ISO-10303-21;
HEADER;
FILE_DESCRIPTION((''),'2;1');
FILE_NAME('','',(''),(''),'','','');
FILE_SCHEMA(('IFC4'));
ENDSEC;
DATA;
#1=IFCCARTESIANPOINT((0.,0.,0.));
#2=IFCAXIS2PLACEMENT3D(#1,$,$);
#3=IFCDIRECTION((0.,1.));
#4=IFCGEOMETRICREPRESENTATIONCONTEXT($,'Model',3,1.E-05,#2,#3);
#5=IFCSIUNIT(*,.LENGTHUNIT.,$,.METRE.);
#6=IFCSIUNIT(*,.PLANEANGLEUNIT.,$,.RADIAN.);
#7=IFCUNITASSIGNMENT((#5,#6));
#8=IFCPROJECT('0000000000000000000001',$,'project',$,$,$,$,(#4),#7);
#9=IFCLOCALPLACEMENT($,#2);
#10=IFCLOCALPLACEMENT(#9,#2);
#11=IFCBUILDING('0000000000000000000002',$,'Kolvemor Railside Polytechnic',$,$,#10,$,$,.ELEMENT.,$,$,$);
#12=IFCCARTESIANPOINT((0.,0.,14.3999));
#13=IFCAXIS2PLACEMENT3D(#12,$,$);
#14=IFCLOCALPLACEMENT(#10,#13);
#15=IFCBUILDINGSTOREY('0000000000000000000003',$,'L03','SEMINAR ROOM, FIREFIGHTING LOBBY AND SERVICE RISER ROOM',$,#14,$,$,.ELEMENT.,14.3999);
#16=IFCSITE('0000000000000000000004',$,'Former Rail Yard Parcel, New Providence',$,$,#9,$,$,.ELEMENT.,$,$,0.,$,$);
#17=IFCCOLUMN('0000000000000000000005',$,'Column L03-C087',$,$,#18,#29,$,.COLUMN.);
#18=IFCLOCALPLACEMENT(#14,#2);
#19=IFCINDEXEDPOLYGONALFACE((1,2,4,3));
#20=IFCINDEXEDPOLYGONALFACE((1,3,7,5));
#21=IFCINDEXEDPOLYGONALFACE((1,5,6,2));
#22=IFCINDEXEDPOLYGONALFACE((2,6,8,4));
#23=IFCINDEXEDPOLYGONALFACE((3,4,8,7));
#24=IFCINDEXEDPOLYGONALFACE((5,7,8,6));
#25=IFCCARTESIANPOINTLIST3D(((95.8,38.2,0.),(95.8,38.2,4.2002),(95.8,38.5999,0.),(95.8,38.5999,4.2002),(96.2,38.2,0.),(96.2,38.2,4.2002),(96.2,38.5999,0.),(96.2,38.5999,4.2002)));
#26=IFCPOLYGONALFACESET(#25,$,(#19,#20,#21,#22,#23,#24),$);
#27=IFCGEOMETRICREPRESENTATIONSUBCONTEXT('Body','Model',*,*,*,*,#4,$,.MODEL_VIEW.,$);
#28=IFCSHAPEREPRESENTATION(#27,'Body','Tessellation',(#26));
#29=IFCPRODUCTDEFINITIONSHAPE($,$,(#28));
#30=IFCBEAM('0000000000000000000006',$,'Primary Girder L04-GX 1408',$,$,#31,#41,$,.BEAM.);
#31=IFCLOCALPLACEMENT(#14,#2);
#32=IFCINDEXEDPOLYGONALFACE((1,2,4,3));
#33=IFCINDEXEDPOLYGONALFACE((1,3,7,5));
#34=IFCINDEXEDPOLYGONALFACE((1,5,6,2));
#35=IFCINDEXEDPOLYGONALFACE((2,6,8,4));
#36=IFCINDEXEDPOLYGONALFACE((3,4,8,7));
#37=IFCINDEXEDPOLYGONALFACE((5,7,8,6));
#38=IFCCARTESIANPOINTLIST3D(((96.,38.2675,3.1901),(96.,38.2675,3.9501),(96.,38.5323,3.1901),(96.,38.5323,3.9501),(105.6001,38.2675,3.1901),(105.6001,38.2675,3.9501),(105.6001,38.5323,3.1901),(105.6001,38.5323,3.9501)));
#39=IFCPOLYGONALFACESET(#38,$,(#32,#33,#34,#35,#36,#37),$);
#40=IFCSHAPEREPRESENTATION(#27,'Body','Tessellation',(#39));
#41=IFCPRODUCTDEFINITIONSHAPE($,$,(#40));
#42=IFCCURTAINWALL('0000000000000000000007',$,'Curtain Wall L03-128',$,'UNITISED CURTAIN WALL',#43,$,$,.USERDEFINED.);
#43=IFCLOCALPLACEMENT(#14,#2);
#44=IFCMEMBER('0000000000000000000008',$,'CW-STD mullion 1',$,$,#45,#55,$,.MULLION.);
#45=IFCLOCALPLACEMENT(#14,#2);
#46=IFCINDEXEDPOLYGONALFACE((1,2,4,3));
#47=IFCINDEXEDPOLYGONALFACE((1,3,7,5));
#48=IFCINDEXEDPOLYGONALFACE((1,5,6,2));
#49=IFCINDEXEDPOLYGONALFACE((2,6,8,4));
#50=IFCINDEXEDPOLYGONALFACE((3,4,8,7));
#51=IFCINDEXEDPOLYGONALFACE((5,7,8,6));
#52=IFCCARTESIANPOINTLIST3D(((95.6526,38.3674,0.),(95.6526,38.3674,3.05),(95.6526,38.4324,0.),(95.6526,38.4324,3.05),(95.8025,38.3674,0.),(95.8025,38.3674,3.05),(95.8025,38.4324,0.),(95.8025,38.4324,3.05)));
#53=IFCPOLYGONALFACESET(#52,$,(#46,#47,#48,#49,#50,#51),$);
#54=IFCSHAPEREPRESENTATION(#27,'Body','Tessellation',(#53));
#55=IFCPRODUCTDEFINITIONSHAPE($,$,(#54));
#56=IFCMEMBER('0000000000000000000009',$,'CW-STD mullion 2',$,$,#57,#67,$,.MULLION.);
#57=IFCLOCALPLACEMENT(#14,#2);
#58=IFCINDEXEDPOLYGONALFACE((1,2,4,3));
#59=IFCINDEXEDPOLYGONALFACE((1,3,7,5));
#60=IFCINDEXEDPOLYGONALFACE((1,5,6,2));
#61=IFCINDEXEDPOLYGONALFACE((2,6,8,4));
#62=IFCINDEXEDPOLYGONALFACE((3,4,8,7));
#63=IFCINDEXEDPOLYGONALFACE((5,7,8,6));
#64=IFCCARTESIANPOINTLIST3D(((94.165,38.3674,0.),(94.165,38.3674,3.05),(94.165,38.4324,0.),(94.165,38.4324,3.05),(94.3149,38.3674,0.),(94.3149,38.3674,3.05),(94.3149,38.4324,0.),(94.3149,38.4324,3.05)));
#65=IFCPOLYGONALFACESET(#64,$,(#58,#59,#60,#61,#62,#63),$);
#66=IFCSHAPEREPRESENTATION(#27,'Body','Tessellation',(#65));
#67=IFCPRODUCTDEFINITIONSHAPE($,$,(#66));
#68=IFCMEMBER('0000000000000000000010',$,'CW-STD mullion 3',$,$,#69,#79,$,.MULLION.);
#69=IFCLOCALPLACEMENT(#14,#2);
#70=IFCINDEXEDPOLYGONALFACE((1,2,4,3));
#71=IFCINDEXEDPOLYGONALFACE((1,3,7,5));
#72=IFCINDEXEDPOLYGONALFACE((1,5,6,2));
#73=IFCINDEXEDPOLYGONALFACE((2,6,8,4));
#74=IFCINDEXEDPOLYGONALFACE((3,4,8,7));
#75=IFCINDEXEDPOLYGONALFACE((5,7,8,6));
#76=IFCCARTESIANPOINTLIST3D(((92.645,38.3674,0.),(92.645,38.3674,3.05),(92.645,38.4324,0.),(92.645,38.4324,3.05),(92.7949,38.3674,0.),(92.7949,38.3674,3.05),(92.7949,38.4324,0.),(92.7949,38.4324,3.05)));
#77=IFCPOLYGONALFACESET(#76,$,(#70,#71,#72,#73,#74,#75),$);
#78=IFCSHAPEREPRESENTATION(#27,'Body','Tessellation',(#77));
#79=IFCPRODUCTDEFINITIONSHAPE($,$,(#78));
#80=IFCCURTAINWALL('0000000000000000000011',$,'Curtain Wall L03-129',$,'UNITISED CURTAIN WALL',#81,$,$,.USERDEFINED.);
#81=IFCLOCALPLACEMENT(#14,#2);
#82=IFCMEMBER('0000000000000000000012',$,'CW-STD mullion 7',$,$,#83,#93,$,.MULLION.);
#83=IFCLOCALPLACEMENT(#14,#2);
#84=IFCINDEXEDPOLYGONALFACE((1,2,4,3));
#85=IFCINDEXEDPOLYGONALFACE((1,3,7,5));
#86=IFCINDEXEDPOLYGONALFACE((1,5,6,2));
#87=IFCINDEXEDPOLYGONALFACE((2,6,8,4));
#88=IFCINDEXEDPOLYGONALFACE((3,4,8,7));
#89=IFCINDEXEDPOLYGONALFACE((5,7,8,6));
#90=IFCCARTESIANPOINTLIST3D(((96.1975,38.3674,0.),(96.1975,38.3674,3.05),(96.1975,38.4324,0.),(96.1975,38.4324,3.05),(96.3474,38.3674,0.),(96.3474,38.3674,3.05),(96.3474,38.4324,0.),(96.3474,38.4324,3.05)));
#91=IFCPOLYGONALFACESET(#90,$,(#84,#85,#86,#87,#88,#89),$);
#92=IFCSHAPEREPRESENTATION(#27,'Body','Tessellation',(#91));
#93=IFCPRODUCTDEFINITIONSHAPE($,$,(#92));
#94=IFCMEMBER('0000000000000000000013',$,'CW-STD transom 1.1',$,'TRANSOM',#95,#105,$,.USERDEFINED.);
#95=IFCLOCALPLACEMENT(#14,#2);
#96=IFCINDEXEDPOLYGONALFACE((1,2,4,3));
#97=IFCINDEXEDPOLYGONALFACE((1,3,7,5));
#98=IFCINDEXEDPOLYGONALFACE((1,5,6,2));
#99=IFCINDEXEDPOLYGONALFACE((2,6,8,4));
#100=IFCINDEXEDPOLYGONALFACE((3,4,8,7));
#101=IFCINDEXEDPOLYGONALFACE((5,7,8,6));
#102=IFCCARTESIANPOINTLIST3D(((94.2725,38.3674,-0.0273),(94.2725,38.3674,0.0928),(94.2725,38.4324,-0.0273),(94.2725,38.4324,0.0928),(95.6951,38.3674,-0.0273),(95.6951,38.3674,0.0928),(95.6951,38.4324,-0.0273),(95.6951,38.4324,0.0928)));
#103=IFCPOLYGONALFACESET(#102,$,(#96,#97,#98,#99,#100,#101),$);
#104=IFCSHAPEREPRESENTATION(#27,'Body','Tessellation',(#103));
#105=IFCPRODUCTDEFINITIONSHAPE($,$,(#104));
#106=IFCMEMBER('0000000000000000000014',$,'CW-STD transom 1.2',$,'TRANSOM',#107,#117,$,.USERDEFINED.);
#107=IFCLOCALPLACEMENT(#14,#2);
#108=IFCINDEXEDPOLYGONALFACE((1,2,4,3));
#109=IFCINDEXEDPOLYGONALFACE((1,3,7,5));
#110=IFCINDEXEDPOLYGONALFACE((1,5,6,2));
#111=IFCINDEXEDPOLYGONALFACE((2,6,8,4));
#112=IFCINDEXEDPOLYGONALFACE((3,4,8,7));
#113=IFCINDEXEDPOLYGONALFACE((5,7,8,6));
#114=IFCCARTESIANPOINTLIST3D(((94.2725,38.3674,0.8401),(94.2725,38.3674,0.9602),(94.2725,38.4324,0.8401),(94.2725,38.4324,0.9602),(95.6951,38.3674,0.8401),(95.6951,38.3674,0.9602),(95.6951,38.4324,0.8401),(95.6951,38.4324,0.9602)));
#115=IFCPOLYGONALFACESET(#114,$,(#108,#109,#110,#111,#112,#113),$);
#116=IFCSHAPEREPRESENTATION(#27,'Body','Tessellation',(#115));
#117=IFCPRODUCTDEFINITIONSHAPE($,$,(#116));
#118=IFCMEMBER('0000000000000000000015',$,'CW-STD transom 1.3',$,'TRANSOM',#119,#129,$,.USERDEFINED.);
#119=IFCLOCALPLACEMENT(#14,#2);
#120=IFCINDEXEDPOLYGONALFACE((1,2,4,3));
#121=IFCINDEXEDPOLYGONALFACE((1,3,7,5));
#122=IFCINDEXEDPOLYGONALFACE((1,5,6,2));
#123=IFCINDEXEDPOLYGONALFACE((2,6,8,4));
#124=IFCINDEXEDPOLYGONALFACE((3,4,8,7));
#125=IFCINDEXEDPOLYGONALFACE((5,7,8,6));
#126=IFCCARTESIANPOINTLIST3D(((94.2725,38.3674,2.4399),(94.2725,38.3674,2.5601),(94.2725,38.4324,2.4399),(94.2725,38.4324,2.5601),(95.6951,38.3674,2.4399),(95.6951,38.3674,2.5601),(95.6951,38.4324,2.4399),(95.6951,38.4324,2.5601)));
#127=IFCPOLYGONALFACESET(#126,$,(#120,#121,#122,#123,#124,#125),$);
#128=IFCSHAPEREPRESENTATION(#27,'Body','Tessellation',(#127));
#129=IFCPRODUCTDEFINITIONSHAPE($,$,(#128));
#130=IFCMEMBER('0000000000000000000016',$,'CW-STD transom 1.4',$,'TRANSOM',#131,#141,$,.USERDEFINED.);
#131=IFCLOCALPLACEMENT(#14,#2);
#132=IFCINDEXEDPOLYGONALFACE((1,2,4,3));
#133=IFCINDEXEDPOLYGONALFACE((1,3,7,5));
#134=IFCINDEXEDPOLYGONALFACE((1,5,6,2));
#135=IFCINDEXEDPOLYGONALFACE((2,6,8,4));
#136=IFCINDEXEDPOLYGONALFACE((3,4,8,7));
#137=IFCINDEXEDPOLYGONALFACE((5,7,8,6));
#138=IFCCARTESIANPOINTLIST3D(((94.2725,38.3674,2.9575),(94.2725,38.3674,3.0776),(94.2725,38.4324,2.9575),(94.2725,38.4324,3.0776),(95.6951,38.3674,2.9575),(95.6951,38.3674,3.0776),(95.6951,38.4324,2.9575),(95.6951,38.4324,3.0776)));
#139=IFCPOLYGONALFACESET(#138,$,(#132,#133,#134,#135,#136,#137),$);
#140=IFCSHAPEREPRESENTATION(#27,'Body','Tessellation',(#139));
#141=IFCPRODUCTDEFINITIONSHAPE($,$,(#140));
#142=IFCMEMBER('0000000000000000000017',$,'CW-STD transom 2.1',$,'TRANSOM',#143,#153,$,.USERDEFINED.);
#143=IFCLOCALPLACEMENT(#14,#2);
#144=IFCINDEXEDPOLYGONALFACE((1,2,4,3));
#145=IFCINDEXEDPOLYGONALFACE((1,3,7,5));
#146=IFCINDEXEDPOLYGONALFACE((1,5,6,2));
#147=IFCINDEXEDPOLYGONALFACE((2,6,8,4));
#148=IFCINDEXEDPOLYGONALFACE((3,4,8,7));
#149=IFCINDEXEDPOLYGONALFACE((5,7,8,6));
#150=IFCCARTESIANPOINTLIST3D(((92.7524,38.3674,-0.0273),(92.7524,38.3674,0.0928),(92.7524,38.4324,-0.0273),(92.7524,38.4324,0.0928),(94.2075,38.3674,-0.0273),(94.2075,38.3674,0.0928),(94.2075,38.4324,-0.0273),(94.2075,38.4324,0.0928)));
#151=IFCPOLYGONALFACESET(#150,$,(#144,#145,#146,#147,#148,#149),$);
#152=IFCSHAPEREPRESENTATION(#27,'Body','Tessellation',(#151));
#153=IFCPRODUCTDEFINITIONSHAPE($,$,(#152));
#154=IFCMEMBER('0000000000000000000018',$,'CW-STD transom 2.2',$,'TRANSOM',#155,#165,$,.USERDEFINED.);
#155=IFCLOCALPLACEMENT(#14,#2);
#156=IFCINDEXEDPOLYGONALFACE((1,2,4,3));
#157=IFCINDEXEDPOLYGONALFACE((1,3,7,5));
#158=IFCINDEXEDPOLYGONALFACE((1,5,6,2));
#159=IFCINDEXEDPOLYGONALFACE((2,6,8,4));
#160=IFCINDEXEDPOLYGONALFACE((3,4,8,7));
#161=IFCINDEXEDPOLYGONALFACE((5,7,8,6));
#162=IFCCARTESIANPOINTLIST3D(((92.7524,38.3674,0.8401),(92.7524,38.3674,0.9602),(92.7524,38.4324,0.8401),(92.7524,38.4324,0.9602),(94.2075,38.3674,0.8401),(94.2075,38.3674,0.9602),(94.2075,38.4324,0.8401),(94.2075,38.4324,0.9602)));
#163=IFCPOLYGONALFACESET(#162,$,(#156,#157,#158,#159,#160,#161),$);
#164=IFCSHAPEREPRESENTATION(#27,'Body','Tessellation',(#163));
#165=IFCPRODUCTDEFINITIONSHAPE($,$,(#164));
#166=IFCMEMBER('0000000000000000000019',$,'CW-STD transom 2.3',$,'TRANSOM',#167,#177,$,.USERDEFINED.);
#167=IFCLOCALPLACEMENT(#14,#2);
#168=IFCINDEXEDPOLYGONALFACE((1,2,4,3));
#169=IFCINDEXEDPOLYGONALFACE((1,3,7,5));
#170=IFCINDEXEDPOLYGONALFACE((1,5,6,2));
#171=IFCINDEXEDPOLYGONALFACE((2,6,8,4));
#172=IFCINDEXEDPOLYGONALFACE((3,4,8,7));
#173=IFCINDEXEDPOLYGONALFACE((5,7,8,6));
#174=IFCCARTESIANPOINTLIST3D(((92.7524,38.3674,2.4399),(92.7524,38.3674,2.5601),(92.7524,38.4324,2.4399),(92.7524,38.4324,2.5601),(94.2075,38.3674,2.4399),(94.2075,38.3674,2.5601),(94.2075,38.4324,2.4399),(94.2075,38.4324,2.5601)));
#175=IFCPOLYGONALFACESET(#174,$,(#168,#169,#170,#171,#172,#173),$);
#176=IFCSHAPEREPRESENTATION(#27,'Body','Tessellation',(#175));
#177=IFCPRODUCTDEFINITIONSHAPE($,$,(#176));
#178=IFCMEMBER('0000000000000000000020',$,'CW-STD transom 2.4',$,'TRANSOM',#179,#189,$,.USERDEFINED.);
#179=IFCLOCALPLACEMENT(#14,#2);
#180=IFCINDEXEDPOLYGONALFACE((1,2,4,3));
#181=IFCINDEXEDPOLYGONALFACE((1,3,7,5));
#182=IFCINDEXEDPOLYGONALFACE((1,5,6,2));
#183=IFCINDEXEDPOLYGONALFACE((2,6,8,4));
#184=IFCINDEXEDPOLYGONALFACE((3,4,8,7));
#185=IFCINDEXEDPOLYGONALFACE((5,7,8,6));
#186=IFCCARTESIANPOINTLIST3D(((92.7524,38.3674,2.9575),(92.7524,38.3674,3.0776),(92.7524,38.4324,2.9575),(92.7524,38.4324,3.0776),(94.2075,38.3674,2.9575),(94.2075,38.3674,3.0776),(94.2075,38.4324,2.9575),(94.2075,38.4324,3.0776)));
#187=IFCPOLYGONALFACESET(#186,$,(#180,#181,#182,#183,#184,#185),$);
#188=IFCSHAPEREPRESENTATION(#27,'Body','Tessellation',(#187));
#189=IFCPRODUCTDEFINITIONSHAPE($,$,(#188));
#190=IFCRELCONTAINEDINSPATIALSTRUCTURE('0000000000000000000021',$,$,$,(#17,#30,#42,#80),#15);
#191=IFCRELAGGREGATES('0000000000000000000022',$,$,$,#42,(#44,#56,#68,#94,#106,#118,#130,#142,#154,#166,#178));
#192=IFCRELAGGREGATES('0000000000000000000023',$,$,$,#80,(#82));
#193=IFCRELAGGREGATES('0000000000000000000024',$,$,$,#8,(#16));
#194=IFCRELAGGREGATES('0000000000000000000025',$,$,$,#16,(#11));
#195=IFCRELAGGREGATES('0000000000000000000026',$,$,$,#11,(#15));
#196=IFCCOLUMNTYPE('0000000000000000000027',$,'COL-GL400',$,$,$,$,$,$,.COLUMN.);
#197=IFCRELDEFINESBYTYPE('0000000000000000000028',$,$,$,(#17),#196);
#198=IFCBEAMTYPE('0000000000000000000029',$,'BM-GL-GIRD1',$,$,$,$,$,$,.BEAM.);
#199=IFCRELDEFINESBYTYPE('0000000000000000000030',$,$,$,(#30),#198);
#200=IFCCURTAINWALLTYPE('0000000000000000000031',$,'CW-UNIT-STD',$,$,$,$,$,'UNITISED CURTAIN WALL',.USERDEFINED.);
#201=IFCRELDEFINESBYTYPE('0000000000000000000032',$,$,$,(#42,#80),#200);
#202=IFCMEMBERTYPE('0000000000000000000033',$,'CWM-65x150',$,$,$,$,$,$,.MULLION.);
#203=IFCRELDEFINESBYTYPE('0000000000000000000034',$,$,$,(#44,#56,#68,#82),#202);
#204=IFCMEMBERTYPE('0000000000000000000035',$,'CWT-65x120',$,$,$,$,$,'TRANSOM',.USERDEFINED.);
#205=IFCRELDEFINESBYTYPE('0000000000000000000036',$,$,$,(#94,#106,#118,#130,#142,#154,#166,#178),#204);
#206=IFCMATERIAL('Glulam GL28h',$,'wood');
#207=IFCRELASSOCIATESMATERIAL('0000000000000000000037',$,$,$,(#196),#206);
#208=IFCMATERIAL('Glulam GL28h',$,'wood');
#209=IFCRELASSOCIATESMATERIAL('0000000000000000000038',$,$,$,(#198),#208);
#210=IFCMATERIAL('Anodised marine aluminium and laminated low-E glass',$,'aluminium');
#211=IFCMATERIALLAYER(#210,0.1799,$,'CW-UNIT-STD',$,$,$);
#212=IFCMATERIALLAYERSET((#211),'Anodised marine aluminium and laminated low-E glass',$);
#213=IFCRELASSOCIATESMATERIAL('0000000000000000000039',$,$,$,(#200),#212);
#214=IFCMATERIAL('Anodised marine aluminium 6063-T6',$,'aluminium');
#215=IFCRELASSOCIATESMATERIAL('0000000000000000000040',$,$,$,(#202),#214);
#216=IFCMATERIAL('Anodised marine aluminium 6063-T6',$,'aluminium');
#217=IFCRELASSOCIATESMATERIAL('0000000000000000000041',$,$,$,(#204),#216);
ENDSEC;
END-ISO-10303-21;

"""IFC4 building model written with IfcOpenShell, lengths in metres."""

from ifc_helpers import new_model, si_unit, direction, frame, origin, origin_2d, place, context, subcontext, project, spatial, rectangle, extrude, material, layer, layer_set, material_profile, profile_set, type_object, element, aggregate, save


model = new_model("IFC4")

# Units and contexts
model_context = context("Model", 3, precision=1e-05, world=origin(), true_north=direction((0.0, 1.0)))
body_context = subcontext(model_context, "Body", "Model", "MODEL_VIEW")
ifc_project = project(units=[si_unit("LENGTHUNIT", "METRE"), si_unit("PLANEANGLEUNIT", "RADIAN")], contexts=[model_context])

# Site, building, storey
site_placement = place(None, origin())
site = spatial("IfcSite", under=ifc_project, at=site_placement, Name="Former Rail Yard Parcel, New Providence", CompositionType="ELEMENT", RefElevation=0.0)
building_placement = place(site_placement, origin())
building = spatial("IfcBuilding", under=site, at=building_placement, Name="Kolvemor Railside Polytechnic", CompositionType="ELEMENT")
storey_placement = place(building_placement, frame((0.0, 0.0, 14.3999)))
storey = spatial("IfcBuildingStorey", under=building, at=storey_placement, Name="L03", Description="SEMINAR ROOM, FIREFIGHTING LOBBY AND SERVICE RISER ROOM", CompositionType="ELEMENT", Elevation=14.3999)

# Column
ifc_material_1 = material(Name="Glulam GL28h", Category="wood")
ifc_material_profile_1 = material_profile(ifc_material_1, rectangle(XDim=0.3999, YDim=0.3999, at=origin_2d()), Name="GL400x400")
ifc_profile_set_1 = profile_set([ifc_material_profile_1], Name="Glulam GL28h")
column_type = type_object("IfcColumnType", Name="COL-GL400", PredefinedType="COLUMN", material=ifc_profile_set_1)
column_placement = place(storey_placement, frame((96.0, 38.3999, 0.0), z_axis=(0.0, 0.0, 1.0), x_axis=(1.0, 0.0, 0.0)))
element("IfcColumn", 1, at=column_placement, inside=storey, type_object=column_type, Name="Column L03-C087", PredefinedType="COLUMN", context=body_context, shape_type="SweptSolid", body=[
    extrude(rectangle(XDim=0.3999, YDim=0.3999, at=origin_2d()), origin(), (0.0, 0.0, 1.0), 4.2002),
])

# Beam
ifc_material_2 = material(Name="Glulam GL28h", Category="wood")
ifc_material_profile_2 = material_profile(ifc_material_2, rectangle(XDim=0.2649, YDim=0.76, at=origin_2d()), Name="GL265x760")
ifc_profile_set_2 = profile_set([ifc_material_profile_2], Name="Glulam GL28h")
beam_type = type_object("IfcBeamType", Name="BM-GL-GIRD1", PredefinedType="BEAM", material=ifc_profile_set_2)
beam_placement = place(storey_placement, frame((96.0, 38.3999, 3.5701), z_axis=(1.0, 0.0, 0.0), x_axis=(0.0, 1.0, 0.0)))
element("IfcBeam", 2, at=beam_placement, inside=storey, type_object=beam_type, Name="Primary Girder L04-GX 1408", PredefinedType="BEAM", context=body_context, shape_type="SweptSolid", body=[
    extrude(rectangle(XDim=0.2649, YDim=0.76, at=origin_2d()), origin(), (0.0, 0.0, 1.0), 9.6001),
])

# Curtain wall, members
ifc_material_3 = material(Name="Anodised marine aluminium and laminated low-E glass", Category="aluminium")
ifc_layer_1 = layer(ifc_material_3, 0.1799, Name="CW-UNIT-STD")
ifc_layer_set_1 = layer_set([ifc_layer_1], Name="Anodised marine aluminium and laminated low-E glass")
curtain_wall_type = type_object("IfcCurtainWallType", Name="CW-UNIT-STD", ElementType="UNITISED CURTAIN WALL", PredefinedType="USERDEFINED", material=ifc_layer_set_1)
curtain_wall_1_placement = place(storey_placement, origin())
curtain_wall_1 = element("IfcCurtainWall", 3, at=curtain_wall_1_placement, inside=storey, type_object=curtain_wall_type, Name="Curtain Wall L03-128", ObjectType="UNITISED CURTAIN WALL", PredefinedType="USERDEFINED")
ifc_material_4 = material(Name="Anodised marine aluminium 6063-T6", Category="aluminium")
ifc_material_profile_3 = material_profile(ifc_material_4, rectangle(XDim=0.0649, YDim=0.1499, at=origin_2d()), Name="CW-MUL-65x150")
ifc_profile_set_3 = profile_set([ifc_material_profile_3], Name="Anodised marine aluminium 6063-T6")
member_type_1 = type_object("IfcMemberType", Name="CWM-65x150", PredefinedType="MULLION", material=ifc_profile_set_3)
member_1_placement = place(storey_placement, frame((95.7275, 38.3999, 0.0), z_axis=(0.0, 0.0, 1.0), x_axis=(0.0, -1.0, 0.0)))
member_1 = element("IfcMember", 4, at=member_1_placement, type_object=member_type_1, Name="CW-STD mullion 1", PredefinedType="MULLION", context=body_context, shape_type="SweptSolid", body=[
    extrude(rectangle(XDim=0.0649, YDim=0.1499, at=origin_2d()), origin(), (0.0, 0.0, 1.0), 3.05),
])
member_2_placement = place(storey_placement, frame((94.24, 38.3999, 0.0), z_axis=(0.0, 0.0, 1.0), x_axis=(0.0, -1.0, 0.0)))
member_2 = element("IfcMember", 5, at=member_2_placement, type_object=member_type_1, Name="CW-STD mullion 2", PredefinedType="MULLION", context=body_context, shape_type="SweptSolid", body=[
    extrude(rectangle(XDim=0.0649, YDim=0.1499, at=origin_2d()), origin(), (0.0, 0.0, 1.0), 3.05),
])
member_3_placement = place(storey_placement, frame((92.72, 38.3999, 0.0), z_axis=(0.0, 0.0, 1.0), x_axis=(0.0, -1.0, 0.0)))
member_3 = element("IfcMember", 6, at=member_3_placement, type_object=member_type_1, Name="CW-STD mullion 3", PredefinedType="MULLION", context=body_context, shape_type="SweptSolid", body=[
    extrude(rectangle(XDim=0.0649, YDim=0.1499, at=origin_2d()), origin(), (0.0, 0.0, 1.0), 3.05),
])

# Curtain wall, member
curtain_wall_2_placement = place(storey_placement, origin())
curtain_wall_2 = element("IfcCurtainWall", 7, at=curtain_wall_2_placement, inside=storey, type_object=curtain_wall_type, Name="Curtain Wall L03-129", ObjectType="UNITISED CURTAIN WALL", PredefinedType="USERDEFINED")
member_4_placement = place(storey_placement, frame((96.2725, 38.3999, 0.0), z_axis=(0.0, 0.0, 1.0), x_axis=(0.0, -1.0, 0.0)))
member_4 = element("IfcMember", 8, at=member_4_placement, type_object=member_type_1, Name="CW-STD mullion 7", PredefinedType="MULLION", context=body_context, shape_type="SweptSolid", body=[
    extrude(rectangle(XDim=0.0649, YDim=0.1499, at=origin_2d()), origin(), (0.0, 0.0, 1.0), 3.05),
])

# Members
ifc_material_5 = material(Name="Anodised marine aluminium 6063-T6", Category="aluminium")
ifc_material_profile_4 = material_profile(ifc_material_5, rectangle(XDim=0.0649, YDim=0.1201, at=origin_2d()), Name="CW-TRN-65x120")
ifc_profile_set_4 = profile_set([ifc_material_profile_4], Name="Anodised marine aluminium 6063-T6")
member_type_2 = type_object("IfcMemberType", Name="CWT-65x120", ElementType="TRANSOM", PredefinedType="USERDEFINED", material=ifc_profile_set_4)
member_5_placement = place(storey_placement, frame((95.6951, 38.3999, 0.0327), z_axis=(-1.0, 0.0, 0.0), x_axis=(0.0, -1.0, 0.0)))
member_5 = element("IfcMember", 9, at=member_5_placement, type_object=member_type_2, Name="CW-STD transom 1.1", ObjectType="TRANSOM", PredefinedType="USERDEFINED", context=body_context, shape_type="SweptSolid", body=[
    extrude(rectangle(XDim=0.0649, YDim=0.1201, at=origin_2d()), origin(), (0.0, 0.0, 1.0), 1.4226),
])
member_6_placement = place(storey_placement, frame((95.6951, 38.3999, 0.9001), z_axis=(-1.0, 0.0, 0.0), x_axis=(0.0, -1.0, 0.0)))
member_6 = element("IfcMember", 10, at=member_6_placement, type_object=member_type_2, Name="CW-STD transom 1.2", ObjectType="TRANSOM", PredefinedType="USERDEFINED", context=body_context, shape_type="SweptSolid", body=[
    extrude(rectangle(XDim=0.0649, YDim=0.1201, at=origin_2d()), origin(), (0.0, 0.0, 1.0), 1.4226),
])
member_7_placement = place(storey_placement, frame((95.6951, 38.3999, 2.5), z_axis=(-1.0, 0.0, 0.0), x_axis=(0.0, -1.0, 0.0)))
member_7 = element("IfcMember", 11, at=member_7_placement, type_object=member_type_2, Name="CW-STD transom 1.3", ObjectType="TRANSOM", PredefinedType="USERDEFINED", context=body_context, shape_type="SweptSolid", body=[
    extrude(rectangle(XDim=0.0649, YDim=0.1201, at=origin_2d()), origin(), (0.0, 0.0, 1.0), 1.4226),
])
member_8_placement = place(storey_placement, frame((95.6951, 38.3999, 3.0176), z_axis=(-1.0, 0.0, 0.0), x_axis=(0.0, -1.0, 0.0)))
member_8 = element("IfcMember", 12, at=member_8_placement, type_object=member_type_2, Name="CW-STD transom 1.4", ObjectType="TRANSOM", PredefinedType="USERDEFINED", context=body_context, shape_type="SweptSolid", body=[
    extrude(rectangle(XDim=0.0649, YDim=0.1201, at=origin_2d()), origin(), (0.0, 0.0, 1.0), 1.4226),
])
member_9_placement = place(storey_placement, frame((94.2075, 38.3999, 0.0327), z_axis=(-1.0, 0.0, 0.0), x_axis=(0.0, -1.0, 0.0)))
member_9 = element("IfcMember", 13, at=member_9_placement, type_object=member_type_2, Name="CW-STD transom 2.1", ObjectType="TRANSOM", PredefinedType="USERDEFINED", context=body_context, shape_type="SweptSolid", body=[
    extrude(rectangle(XDim=0.0649, YDim=0.1201, at=origin_2d()), origin(), (0.0, 0.0, 1.0), 1.4551),
])
member_10_placement = place(storey_placement, frame((94.2075, 38.3999, 0.9001), z_axis=(-1.0, 0.0, 0.0), x_axis=(0.0, -1.0, 0.0)))
member_10 = element("IfcMember", 14, at=member_10_placement, type_object=member_type_2, Name="CW-STD transom 2.2", ObjectType="TRANSOM", PredefinedType="USERDEFINED", context=body_context, shape_type="SweptSolid", body=[
    extrude(rectangle(XDim=0.0649, YDim=0.1201, at=origin_2d()), origin(), (0.0, 0.0, 1.0), 1.4551),
])
member_11_placement = place(storey_placement, frame((94.2075, 38.3999, 2.5), z_axis=(-1.0, 0.0, 0.0), x_axis=(0.0, -1.0, 0.0)))
member_11 = element("IfcMember", 15, at=member_11_placement, type_object=member_type_2, Name="CW-STD transom 2.3", ObjectType="TRANSOM", PredefinedType="USERDEFINED", context=body_context, shape_type="SweptSolid", body=[
    extrude(rectangle(XDim=0.0649, YDim=0.1201, at=origin_2d()), origin(), (0.0, 0.0, 1.0), 1.4551),
])
member_12_placement = place(storey_placement, frame((94.2075, 38.3999, 3.0176), z_axis=(-1.0, 0.0, 0.0), x_axis=(0.0, -1.0, 0.0)))
member_12 = element("IfcMember", 16, at=member_12_placement, type_object=member_type_2, Name="CW-STD transom 2.4", ObjectType="TRANSOM", PredefinedType="USERDEFINED", context=body_context, shape_type="SweptSolid", body=[
    extrude(rectangle(XDim=0.0649, YDim=0.1201, at=origin_2d()), origin(), (0.0, 0.0, 1.0), 1.4551),
])

aggregate(curtain_wall_1, [member_1, member_2, member_3, member_5, member_6, member_7, member_8, member_9, member_10, member_11, member_12])
aggregate(curtain_wall_2, [member_4])

save(model, "model.ifc")
